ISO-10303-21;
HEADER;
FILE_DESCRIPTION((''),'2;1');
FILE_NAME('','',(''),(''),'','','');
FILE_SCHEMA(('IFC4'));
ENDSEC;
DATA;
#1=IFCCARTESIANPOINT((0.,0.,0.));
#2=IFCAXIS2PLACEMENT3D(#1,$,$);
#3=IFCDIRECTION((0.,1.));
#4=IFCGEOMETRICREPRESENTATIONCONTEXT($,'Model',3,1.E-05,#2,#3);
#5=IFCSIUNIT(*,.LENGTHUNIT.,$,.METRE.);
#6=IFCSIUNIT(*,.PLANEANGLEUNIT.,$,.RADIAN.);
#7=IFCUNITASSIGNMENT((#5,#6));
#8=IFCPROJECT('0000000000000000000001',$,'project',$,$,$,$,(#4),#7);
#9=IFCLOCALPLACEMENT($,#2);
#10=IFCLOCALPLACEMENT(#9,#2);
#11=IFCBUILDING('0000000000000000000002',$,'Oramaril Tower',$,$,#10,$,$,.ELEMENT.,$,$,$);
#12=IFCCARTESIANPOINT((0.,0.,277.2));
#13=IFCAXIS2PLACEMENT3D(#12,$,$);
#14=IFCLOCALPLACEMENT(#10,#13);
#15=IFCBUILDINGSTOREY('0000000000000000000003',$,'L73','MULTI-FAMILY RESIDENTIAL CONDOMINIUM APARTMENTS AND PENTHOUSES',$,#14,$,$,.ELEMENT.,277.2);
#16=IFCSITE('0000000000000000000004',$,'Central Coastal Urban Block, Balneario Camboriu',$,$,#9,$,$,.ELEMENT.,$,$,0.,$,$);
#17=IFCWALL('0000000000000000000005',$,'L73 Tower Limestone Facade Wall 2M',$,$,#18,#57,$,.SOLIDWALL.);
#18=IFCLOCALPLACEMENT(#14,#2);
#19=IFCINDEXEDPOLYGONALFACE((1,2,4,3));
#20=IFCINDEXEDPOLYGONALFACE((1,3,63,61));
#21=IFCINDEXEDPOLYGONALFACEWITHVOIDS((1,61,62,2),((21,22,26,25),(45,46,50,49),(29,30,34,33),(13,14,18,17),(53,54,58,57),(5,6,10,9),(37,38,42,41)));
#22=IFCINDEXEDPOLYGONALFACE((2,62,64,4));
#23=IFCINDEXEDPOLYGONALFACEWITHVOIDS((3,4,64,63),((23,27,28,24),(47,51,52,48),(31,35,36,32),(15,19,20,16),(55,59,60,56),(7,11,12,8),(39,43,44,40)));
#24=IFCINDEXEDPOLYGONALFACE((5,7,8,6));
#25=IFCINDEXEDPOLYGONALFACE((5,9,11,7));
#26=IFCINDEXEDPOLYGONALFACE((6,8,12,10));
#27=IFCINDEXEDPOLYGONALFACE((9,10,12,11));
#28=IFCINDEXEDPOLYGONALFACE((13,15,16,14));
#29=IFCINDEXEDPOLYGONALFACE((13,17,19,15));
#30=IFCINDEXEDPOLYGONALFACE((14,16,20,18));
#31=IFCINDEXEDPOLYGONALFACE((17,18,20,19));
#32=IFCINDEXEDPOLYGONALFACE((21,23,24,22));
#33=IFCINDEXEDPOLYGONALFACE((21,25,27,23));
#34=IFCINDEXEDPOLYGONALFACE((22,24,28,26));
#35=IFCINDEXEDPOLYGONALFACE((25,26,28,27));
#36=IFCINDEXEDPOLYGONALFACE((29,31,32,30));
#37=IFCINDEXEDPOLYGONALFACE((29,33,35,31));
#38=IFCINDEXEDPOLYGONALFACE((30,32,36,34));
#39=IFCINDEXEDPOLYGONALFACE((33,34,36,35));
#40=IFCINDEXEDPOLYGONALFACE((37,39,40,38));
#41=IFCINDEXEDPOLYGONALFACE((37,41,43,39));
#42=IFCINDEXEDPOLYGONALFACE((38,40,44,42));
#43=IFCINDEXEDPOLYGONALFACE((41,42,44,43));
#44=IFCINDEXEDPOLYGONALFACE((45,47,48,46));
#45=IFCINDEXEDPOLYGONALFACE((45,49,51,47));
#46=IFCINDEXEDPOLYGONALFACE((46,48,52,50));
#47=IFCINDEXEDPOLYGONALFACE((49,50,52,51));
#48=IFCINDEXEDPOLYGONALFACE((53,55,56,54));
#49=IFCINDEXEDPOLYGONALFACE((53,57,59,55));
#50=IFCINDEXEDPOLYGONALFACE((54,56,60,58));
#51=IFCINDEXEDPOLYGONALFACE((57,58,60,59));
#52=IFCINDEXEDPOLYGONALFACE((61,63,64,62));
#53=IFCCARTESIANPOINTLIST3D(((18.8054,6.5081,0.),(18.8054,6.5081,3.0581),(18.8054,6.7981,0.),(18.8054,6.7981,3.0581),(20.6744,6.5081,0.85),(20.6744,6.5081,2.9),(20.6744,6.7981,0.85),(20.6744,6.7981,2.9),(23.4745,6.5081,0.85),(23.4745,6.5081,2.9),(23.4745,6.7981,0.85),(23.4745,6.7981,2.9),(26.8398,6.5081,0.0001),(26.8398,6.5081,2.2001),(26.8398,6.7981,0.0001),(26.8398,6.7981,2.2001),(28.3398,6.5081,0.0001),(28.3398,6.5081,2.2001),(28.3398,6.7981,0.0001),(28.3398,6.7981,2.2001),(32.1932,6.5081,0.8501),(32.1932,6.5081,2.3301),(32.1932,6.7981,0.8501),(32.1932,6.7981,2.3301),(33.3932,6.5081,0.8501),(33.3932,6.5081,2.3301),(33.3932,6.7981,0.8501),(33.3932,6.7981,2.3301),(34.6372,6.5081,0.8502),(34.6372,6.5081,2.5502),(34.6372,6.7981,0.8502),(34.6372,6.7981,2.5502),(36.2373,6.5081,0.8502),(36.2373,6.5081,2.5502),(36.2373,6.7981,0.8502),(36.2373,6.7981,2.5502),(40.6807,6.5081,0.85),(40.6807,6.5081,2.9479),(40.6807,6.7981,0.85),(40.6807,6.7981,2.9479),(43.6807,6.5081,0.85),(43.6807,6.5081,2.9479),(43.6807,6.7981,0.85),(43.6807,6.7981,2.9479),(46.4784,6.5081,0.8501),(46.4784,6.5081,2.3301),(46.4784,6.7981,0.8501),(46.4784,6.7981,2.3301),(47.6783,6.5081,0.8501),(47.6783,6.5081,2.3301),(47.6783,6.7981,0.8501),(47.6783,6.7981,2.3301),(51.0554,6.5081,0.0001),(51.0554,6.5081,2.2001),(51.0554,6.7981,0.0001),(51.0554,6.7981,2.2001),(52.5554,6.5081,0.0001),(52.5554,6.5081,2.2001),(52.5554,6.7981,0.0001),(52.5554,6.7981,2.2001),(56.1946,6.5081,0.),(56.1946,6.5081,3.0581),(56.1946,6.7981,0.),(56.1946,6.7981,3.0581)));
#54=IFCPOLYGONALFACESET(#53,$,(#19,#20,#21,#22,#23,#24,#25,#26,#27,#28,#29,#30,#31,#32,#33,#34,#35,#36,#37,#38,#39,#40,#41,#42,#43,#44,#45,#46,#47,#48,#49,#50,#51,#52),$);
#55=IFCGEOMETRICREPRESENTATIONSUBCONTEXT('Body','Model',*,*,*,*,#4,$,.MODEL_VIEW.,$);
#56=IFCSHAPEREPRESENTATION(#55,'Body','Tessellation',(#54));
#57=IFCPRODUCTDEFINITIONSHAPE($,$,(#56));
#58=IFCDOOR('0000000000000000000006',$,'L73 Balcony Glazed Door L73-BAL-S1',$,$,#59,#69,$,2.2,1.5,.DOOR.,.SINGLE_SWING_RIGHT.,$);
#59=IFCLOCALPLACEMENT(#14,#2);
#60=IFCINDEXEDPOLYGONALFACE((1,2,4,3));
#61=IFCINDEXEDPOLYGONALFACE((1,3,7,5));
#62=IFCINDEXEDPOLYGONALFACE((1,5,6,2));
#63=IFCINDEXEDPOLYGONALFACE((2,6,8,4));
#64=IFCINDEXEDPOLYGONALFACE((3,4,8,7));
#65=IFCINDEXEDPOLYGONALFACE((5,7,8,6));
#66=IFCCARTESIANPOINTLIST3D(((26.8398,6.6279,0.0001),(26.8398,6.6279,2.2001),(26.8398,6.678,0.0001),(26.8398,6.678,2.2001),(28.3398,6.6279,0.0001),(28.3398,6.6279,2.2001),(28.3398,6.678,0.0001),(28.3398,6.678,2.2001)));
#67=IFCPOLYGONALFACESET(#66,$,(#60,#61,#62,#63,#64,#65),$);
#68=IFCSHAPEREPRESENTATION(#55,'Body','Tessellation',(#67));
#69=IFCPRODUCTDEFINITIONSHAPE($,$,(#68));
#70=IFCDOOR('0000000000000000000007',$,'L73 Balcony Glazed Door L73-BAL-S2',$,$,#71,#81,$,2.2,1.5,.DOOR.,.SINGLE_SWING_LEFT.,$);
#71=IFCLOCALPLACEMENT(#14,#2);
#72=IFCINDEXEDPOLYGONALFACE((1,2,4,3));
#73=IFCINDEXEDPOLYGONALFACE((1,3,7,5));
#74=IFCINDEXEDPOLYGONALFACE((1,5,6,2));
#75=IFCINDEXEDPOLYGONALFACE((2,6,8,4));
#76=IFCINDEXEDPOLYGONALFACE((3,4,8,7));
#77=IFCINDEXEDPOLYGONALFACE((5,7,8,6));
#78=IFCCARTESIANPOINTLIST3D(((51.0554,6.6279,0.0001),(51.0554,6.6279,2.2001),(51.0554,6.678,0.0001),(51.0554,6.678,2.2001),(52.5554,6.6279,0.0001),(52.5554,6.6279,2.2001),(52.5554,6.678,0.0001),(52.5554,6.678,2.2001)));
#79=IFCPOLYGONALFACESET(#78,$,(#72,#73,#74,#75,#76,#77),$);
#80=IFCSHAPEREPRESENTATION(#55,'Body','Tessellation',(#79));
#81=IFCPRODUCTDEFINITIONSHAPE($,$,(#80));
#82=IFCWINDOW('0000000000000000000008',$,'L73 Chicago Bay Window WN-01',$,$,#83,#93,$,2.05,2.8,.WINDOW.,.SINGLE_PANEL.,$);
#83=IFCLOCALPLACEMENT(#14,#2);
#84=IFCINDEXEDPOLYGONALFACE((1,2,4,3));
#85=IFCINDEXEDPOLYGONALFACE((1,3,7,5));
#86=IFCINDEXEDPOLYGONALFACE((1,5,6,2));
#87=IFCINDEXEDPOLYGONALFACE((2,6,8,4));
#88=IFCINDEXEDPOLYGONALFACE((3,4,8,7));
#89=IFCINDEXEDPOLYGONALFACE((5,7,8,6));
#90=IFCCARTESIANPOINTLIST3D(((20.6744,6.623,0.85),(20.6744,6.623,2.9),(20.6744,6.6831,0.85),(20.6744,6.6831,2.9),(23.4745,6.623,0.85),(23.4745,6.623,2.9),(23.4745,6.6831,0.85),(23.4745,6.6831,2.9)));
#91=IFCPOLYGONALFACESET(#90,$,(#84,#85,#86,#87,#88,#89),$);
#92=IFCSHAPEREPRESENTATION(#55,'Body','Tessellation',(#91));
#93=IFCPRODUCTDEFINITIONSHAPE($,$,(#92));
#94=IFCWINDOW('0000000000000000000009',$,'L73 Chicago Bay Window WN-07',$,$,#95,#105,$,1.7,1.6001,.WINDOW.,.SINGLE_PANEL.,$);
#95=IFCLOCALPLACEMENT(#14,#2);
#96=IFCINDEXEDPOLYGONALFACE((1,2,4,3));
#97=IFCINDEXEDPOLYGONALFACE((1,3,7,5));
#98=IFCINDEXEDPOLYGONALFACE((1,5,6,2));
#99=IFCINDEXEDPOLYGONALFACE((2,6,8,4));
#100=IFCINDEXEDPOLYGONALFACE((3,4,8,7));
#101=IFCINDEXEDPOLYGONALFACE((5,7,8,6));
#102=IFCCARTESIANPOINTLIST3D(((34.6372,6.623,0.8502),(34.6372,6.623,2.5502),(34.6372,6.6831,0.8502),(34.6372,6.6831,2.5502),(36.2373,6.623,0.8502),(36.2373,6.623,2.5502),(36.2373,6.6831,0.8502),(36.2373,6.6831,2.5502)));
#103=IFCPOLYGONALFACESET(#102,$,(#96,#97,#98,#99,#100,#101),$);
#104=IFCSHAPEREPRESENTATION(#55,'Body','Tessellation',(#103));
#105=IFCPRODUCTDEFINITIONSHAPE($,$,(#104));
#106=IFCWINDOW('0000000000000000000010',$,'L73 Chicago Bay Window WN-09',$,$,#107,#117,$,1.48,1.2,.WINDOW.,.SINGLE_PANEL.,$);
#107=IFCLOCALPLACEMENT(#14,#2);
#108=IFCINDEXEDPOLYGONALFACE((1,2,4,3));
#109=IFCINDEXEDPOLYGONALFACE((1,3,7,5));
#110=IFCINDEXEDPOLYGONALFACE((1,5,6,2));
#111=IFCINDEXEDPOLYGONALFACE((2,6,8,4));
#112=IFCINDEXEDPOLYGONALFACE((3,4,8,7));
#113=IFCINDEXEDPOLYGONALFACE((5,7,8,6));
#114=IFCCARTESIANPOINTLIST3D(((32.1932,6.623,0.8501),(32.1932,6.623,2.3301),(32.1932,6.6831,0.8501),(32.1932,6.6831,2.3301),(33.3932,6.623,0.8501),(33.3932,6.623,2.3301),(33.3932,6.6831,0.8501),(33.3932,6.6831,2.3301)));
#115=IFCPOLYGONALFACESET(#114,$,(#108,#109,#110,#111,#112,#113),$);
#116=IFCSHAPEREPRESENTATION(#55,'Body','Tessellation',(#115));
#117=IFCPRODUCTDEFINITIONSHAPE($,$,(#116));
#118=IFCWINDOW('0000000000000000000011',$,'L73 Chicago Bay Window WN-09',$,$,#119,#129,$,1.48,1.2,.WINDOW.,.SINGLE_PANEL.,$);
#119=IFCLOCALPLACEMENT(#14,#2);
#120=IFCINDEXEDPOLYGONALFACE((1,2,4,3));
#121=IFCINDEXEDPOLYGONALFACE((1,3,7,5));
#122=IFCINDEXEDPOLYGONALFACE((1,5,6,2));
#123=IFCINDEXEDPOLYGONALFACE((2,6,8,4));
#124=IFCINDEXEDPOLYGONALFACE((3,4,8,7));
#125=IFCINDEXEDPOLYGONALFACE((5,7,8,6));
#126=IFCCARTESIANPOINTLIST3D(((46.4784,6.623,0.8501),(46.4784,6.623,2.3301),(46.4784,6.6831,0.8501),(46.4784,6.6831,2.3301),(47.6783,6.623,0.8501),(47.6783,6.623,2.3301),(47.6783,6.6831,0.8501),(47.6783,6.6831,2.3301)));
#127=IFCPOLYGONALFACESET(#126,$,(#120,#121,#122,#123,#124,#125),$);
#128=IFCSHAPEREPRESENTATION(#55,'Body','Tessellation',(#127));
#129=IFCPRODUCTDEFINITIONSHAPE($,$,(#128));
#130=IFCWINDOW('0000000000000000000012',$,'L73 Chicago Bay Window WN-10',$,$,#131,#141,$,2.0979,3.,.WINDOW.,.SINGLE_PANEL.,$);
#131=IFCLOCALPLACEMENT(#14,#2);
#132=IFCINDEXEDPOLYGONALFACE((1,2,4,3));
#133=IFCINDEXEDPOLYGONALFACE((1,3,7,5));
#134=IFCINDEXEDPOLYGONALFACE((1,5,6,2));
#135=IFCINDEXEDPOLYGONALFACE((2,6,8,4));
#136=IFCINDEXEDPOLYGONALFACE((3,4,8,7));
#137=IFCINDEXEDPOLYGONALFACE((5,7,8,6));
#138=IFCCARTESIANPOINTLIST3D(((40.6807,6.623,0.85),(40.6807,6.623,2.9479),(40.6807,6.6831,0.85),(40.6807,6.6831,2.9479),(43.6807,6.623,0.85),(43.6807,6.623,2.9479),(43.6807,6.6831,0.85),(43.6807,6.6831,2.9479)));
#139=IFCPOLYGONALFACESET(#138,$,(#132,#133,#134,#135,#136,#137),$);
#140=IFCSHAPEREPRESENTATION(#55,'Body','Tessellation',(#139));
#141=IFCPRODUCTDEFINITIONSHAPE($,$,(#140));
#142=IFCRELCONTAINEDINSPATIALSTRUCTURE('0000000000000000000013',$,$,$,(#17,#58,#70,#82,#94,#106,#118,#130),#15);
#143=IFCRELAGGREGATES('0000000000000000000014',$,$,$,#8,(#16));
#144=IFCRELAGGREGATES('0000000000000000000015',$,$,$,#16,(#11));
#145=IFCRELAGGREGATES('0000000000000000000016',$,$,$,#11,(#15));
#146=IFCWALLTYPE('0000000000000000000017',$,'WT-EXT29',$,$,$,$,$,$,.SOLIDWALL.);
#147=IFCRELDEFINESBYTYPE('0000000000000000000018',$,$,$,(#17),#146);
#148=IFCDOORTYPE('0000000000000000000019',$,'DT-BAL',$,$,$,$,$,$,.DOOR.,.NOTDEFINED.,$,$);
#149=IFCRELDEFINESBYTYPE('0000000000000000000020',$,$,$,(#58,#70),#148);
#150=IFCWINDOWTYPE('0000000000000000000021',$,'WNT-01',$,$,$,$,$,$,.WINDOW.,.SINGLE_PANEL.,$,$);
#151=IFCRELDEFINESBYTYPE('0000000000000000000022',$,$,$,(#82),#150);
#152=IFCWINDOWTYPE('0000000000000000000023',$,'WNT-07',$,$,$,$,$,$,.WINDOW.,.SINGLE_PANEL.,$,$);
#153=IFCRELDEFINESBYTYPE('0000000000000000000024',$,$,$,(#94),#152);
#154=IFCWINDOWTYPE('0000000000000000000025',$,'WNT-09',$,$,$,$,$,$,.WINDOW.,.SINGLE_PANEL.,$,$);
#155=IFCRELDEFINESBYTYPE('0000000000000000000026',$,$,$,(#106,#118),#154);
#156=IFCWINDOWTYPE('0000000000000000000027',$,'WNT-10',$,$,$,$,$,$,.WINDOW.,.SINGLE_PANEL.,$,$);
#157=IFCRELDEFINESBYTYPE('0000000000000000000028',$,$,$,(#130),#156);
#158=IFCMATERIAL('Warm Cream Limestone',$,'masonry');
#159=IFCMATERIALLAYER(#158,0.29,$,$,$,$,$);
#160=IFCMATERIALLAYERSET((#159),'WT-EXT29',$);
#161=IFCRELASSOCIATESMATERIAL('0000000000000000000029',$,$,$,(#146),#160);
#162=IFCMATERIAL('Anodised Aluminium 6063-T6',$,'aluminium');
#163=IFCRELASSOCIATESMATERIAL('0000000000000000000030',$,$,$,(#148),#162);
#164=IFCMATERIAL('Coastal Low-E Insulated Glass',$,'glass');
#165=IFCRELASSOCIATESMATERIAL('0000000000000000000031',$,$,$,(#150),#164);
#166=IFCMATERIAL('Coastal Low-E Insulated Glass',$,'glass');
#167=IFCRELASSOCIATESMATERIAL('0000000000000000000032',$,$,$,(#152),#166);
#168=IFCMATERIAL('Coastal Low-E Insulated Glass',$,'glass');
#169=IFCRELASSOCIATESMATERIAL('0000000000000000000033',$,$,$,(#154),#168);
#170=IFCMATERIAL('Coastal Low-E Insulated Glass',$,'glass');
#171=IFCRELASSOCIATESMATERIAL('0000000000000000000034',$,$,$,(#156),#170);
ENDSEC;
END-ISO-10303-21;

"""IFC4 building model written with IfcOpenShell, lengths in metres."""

from ifc_helpers import new_model, si_unit, direction, frame, frame_2d, origin, place, context, subcontext, project, spatial, rectangle, extrude, material, layer, layer_set, type_object, element, fill, save


model = new_model("IFC4")

# Units and contexts
model_context = context("Model", 3, precision=1e-05, world=origin(), true_north=direction((0.0, 1.0)))
body_context = subcontext(model_context, "Body", "Model", "MODEL_VIEW")
ifc_project = project(units=[si_unit("LENGTHUNIT", "METRE"), si_unit("PLANEANGLEUNIT", "RADIAN")], contexts=[model_context])

# Site, building, storey
site_placement = place(None, origin())
site = spatial("IfcSite", under=ifc_project, at=site_placement, Name="Central Coastal Urban Block, Balneario Camboriu", CompositionType="ELEMENT", RefElevation=0.0)
building_placement = place(site_placement, origin())
building = spatial("IfcBuilding", under=site, at=building_placement, Name="Oramaril Tower", CompositionType="ELEMENT")
storey_placement = place(building_placement, frame((0.0, 0.0, 277.2)))
storey = spatial("IfcBuildingStorey", under=building, at=storey_placement, Name="L73", Description="MULTI-FAMILY RESIDENTIAL CONDOMINIUM APARTMENTS AND PENTHOUSES", CompositionType="ELEMENT", Elevation=277.2)

# Shared definitions
ifc_material_1 = material(Name="Warm Cream Limestone", Category="masonry")
ifc_layer_1 = layer(ifc_material_1, 0.29)
ifc_layer_set_1 = layer_set([ifc_layer_1], Name="WT-EXT29")
wall_type = type_object("IfcWallType", Name="WT-EXT29", PredefinedType="SOLIDWALL", material=ifc_layer_set_1)

# Wall, openings, doors, windows
wall_1_placement = place(storey_placement, frame((18.8054, 6.6531, 0.0), z_axis=(0.0, 0.0, 1.0), x_axis=(1.0, 0.0, 0.0)))
wall_1 = element("IfcWall", 1, at=wall_1_placement, inside=storey, type_object=wall_type, Name="L73 Tower Limestone Facade Wall 2M", PredefinedType="SOLIDWALL", context=body_context, shape_type="SweptSolid", body=[
    extrude(rectangle(XDim=37.3892, YDim=0.29, at=frame_2d((18.6946, 0.0))), origin(), (0.0, 0.0, 1.0), 3.0581),
])
opening_1_placement = place(wall_1_placement, frame((8.0344, 0.0, 0.0)))
opening_1 = element("IfcOpeningElement", 2, at=opening_1_placement, cuts=wall_1, PredefinedType="OPENING", context=body_context, shape_type="SweptSolid", body=[
    extrude(rectangle(XDim=1.5, YDim=2.2, at=frame_2d((0.75, 1.1001))), frame((0.0, 0.145, 0.0), z_axis=(0.0, -1.0, 0.0), x_axis=(1.0, 0.0, 0.0)), (0.0, 0.0, 1.0), 0.29),
])
opening_2_placement = place(wall_1_placement, frame((32.25, 0.0, 0.0)))
opening_2 = element("IfcOpeningElement", 3, at=opening_2_placement, cuts=wall_1, PredefinedType="OPENING", context=body_context, shape_type="SweptSolid", body=[
    extrude(rectangle(XDim=1.5, YDim=2.2, at=frame_2d((0.75, 1.1001))), frame((0.0, 0.145, 0.0), z_axis=(0.0, -1.0, 0.0), x_axis=(1.0, 0.0, 0.0)), (0.0, 0.0, 1.0), 0.29),
])
opening_3_placement = place(wall_1_placement, frame((15.8318, 0.0, 0.8501)))
opening_3 = element("IfcOpeningElement", 4, at=opening_3_placement, cuts=wall_1, PredefinedType="OPENING", context=body_context, shape_type="SweptSolid", body=[
    extrude(rectangle(XDim=1.6001, YDim=1.7, at=frame_2d((0.8, 0.8501))), frame((0.0, 0.145, 0.0), z_axis=(0.0, -1.0, 0.0), x_axis=(1.0, 0.0, 0.0)), (0.0, 0.0, 1.0), 0.29),
])
opening_4_placement = place(wall_1_placement, frame((21.8752, 0.0, 0.8501)))
opening_4 = element("IfcOpeningElement", 5, at=opening_4_placement, cuts=wall_1, PredefinedType="OPENING", context=body_context, shape_type="SweptSolid", body=[
    extrude(rectangle(XDim=3.0, YDim=2.0979, at=frame_2d((1.5, 1.0488))), frame((0.0, 0.145, 0.0), z_axis=(0.0, -1.0, 0.0), x_axis=(1.0, 0.0, 0.0)), (0.0, 0.0, 1.0), 0.29),
])
opening_5_placement = place(wall_1_placement, frame((13.3877, 0.0, 0.8501)))
opening_5 = element("IfcOpeningElement", 6, at=opening_5_placement, cuts=wall_1, PredefinedType="OPENING", context=body_context, shape_type="SweptSolid", body=[
    extrude(rectangle(XDim=1.2, YDim=1.48, at=frame_2d((0.6001, 0.74))), frame((0.0, 0.145, 0.0), z_axis=(0.0, -1.0, 0.0), x_axis=(1.0, 0.0, 0.0)), (0.0, 0.0, 1.0), 0.29),
])
opening_6_placement = place(wall_1_placement, frame((27.6729, 0.0, 0.8501)))
opening_6 = element("IfcOpeningElement", 7, at=opening_6_placement, cuts=wall_1, PredefinedType="OPENING", context=body_context, shape_type="SweptSolid", body=[
    extrude(rectangle(XDim=1.2, YDim=1.48, at=frame_2d((0.6001, 0.74))), frame((0.0, 0.145, 0.0), z_axis=(0.0, -1.0, 0.0), x_axis=(1.0, 0.0, 0.0)), (0.0, 0.0, 1.0), 0.29),
])
opening_7_placement = place(wall_1_placement, frame((1.8691, 0.0, 0.8501)))
opening_7 = element("IfcOpeningElement", 8, at=opening_7_placement, cuts=wall_1, PredefinedType="OPENING", context=body_context, shape_type="SweptSolid", body=[
    extrude(rectangle(XDim=2.8, YDim=2.05, at=frame_2d((1.3999, 1.0249))), frame((0.0, 0.145, 0.0), z_axis=(0.0, -1.0, 0.0), x_axis=(1.0, 0.0, 0.0)), (0.0, 0.0, 1.0), 0.29),
])
ifc_material_2 = material(Name="Anodised Aluminium 6063-T6", Category="aluminium")
door_type = type_object("IfcDoorType", Name="DT-BAL", OperationType="NOTDEFINED", PredefinedType="DOOR", material=ifc_material_2)
door_1_placement = place(opening_1_placement, origin())
door_1 = element("IfcDoor", 9, at=door_1_placement, inside=storey, type_object=door_type, Name="L73 Balcony Glazed Door L73-BAL-S1", OperationType="SINGLE_SWING_RIGHT", OverallHeight=2.2, OverallWidth=1.5, PredefinedType="DOOR", context=body_context, shape_type="SweptSolid", body=[
    extrude(rectangle(XDim=1.5, YDim=2.2, at=frame_2d((0.75, 1.1001))), frame((0.0, 0.0249, 0.0), z_axis=(0.0, -1.0, 0.0), x_axis=(1.0, 0.0, 0.0)), (0.0, 0.0, 1.0), 0.05),
])
fill(opening_1, door_1)
door_2_placement = place(opening_2_placement, origin())
door_2 = element("IfcDoor", 10, at=door_2_placement, inside=storey, type_object=door_type, Name="L73 Balcony Glazed Door L73-BAL-S2", OperationType="SINGLE_SWING_LEFT", OverallHeight=2.2, OverallWidth=1.5, PredefinedType="DOOR", context=body_context, shape_type="SweptSolid", body=[
    extrude(rectangle(XDim=1.5, YDim=2.2, at=frame_2d((0.75, 1.1001))), frame((0.0, 0.0249, 0.0), z_axis=(0.0, -1.0, 0.0), x_axis=(1.0, 0.0, 0.0)), (0.0, 0.0, 1.0), 0.05),
])
fill(opening_2, door_2)
ifc_material_3 = material(Name="Coastal Low-E Insulated Glass", Category="glass")
window_type_1 = type_object("IfcWindowType", Name="WNT-01", PartitioningType="SINGLE_PANEL", PredefinedType="WINDOW", material=ifc_material_3)
window_1_placement = place(opening_7_placement, origin())
window_1 = element("IfcWindow", 11, at=window_1_placement, inside=storey, type_object=window_type_1, Name="L73 Chicago Bay Window WN-01", OverallHeight=2.05, OverallWidth=2.8, PartitioningType="SINGLE_PANEL", PredefinedType="WINDOW", context=body_context, shape_type="SweptSolid", body=[
    extrude(rectangle(XDim=2.8, YDim=2.05, at=frame_2d((1.3999, 1.0249))), frame((0.0, 0.03, 0.0), z_axis=(0.0, -1.0, 0.0), x_axis=(1.0, 0.0, 0.0)), (0.0, 0.0, 1.0), 0.0601),
])
fill(opening_7, window_1)
ifc_material_4 = material(Name="Coastal Low-E Insulated Glass", Category="glass")
window_type_2 = type_object("IfcWindowType", Name="WNT-07", PartitioningType="SINGLE_PANEL", PredefinedType="WINDOW", material=ifc_material_4)
window_2_placement = place(opening_3_placement, origin())
window_2 = element("IfcWindow", 12, at=window_2_placement, inside=storey, type_object=window_type_2, Name="L73 Chicago Bay Window WN-07", OverallHeight=1.7, OverallWidth=1.6001, PartitioningType="SINGLE_PANEL", PredefinedType="WINDOW", context=body_context, shape_type="SweptSolid", body=[
    extrude(rectangle(XDim=1.6001, YDim=1.7, at=frame_2d((0.8, 0.8501))), frame((0.0, 0.03, 0.0), z_axis=(0.0, -1.0, 0.0), x_axis=(1.0, 0.0, 0.0)), (0.0, 0.0, 1.0), 0.0601),
])
fill(opening_3, window_2)
ifc_material_5 = material(Name="Coastal Low-E Insulated Glass", Category="glass")
window_type_3 = type_object("IfcWindowType", Name="WNT-09", PartitioningType="SINGLE_PANEL", PredefinedType="WINDOW", material=ifc_material_5)
window_3_placement = place(opening_5_placement, origin())
window_3 = element("IfcWindow", 13, at=window_3_placement, inside=storey, type_object=window_type_3, Name="L73 Chicago Bay Window WN-09", OverallHeight=1.48, OverallWidth=1.2, PartitioningType="SINGLE_PANEL", PredefinedType="WINDOW", context=body_context, shape_type="SweptSolid", body=[
    extrude(rectangle(XDim=1.2, YDim=1.48, at=frame_2d((0.6001, 0.74))), frame((0.0, 0.03, 0.0), z_axis=(0.0, -1.0, 0.0), x_axis=(1.0, 0.0, 0.0)), (0.0, 0.0, 1.0), 0.0601),
])
fill(opening_5, window_3)
window_4_placement = place(opening_6_placement, origin())
window_4 = element("IfcWindow", 14, at=window_4_placement, inside=storey, type_object=window_type_3, Name="L73 Chicago Bay Window WN-09", OverallHeight=1.48, OverallWidth=1.2, PartitioningType="SINGLE_PANEL", PredefinedType="WINDOW", context=body_context, shape_type="SweptSolid", body=[
    extrude(rectangle(XDim=1.2, YDim=1.48, at=frame_2d((0.6001, 0.74))), frame((0.0, 0.03, 0.0), z_axis=(0.0, -1.0, 0.0), x_axis=(1.0, 0.0, 0.0)), (0.0, 0.0, 1.0), 0.0601),
])
fill(opening_6, window_4)
ifc_material_6 = material(Name="Coastal Low-E Insulated Glass", Category="glass")
window_type_4 = type_object("IfcWindowType", Name="WNT-10", PartitioningType="SINGLE_PANEL", PredefinedType="WINDOW", material=ifc_material_6)
window_5_placement = place(opening_4_placement, origin())
window_5 = element("IfcWindow", 15, at=window_5_placement, inside=storey, type_object=window_type_4, Name="L73 Chicago Bay Window WN-10", OverallHeight=2.0979, OverallWidth=3.0, PartitioningType="SINGLE_PANEL", PredefinedType="WINDOW", context=body_context, shape_type="SweptSolid", body=[
    extrude(rectangle(XDim=3.0, YDim=2.0979, at=frame_2d((1.5, 1.0488))), frame((0.0, 0.03, 0.0), z_axis=(0.0, -1.0, 0.0), x_axis=(1.0, 0.0, 0.0)), (0.0, 0.0, 1.0), 0.0601),
])
fill(opening_4, window_5)

save(model, "model.ifc")
